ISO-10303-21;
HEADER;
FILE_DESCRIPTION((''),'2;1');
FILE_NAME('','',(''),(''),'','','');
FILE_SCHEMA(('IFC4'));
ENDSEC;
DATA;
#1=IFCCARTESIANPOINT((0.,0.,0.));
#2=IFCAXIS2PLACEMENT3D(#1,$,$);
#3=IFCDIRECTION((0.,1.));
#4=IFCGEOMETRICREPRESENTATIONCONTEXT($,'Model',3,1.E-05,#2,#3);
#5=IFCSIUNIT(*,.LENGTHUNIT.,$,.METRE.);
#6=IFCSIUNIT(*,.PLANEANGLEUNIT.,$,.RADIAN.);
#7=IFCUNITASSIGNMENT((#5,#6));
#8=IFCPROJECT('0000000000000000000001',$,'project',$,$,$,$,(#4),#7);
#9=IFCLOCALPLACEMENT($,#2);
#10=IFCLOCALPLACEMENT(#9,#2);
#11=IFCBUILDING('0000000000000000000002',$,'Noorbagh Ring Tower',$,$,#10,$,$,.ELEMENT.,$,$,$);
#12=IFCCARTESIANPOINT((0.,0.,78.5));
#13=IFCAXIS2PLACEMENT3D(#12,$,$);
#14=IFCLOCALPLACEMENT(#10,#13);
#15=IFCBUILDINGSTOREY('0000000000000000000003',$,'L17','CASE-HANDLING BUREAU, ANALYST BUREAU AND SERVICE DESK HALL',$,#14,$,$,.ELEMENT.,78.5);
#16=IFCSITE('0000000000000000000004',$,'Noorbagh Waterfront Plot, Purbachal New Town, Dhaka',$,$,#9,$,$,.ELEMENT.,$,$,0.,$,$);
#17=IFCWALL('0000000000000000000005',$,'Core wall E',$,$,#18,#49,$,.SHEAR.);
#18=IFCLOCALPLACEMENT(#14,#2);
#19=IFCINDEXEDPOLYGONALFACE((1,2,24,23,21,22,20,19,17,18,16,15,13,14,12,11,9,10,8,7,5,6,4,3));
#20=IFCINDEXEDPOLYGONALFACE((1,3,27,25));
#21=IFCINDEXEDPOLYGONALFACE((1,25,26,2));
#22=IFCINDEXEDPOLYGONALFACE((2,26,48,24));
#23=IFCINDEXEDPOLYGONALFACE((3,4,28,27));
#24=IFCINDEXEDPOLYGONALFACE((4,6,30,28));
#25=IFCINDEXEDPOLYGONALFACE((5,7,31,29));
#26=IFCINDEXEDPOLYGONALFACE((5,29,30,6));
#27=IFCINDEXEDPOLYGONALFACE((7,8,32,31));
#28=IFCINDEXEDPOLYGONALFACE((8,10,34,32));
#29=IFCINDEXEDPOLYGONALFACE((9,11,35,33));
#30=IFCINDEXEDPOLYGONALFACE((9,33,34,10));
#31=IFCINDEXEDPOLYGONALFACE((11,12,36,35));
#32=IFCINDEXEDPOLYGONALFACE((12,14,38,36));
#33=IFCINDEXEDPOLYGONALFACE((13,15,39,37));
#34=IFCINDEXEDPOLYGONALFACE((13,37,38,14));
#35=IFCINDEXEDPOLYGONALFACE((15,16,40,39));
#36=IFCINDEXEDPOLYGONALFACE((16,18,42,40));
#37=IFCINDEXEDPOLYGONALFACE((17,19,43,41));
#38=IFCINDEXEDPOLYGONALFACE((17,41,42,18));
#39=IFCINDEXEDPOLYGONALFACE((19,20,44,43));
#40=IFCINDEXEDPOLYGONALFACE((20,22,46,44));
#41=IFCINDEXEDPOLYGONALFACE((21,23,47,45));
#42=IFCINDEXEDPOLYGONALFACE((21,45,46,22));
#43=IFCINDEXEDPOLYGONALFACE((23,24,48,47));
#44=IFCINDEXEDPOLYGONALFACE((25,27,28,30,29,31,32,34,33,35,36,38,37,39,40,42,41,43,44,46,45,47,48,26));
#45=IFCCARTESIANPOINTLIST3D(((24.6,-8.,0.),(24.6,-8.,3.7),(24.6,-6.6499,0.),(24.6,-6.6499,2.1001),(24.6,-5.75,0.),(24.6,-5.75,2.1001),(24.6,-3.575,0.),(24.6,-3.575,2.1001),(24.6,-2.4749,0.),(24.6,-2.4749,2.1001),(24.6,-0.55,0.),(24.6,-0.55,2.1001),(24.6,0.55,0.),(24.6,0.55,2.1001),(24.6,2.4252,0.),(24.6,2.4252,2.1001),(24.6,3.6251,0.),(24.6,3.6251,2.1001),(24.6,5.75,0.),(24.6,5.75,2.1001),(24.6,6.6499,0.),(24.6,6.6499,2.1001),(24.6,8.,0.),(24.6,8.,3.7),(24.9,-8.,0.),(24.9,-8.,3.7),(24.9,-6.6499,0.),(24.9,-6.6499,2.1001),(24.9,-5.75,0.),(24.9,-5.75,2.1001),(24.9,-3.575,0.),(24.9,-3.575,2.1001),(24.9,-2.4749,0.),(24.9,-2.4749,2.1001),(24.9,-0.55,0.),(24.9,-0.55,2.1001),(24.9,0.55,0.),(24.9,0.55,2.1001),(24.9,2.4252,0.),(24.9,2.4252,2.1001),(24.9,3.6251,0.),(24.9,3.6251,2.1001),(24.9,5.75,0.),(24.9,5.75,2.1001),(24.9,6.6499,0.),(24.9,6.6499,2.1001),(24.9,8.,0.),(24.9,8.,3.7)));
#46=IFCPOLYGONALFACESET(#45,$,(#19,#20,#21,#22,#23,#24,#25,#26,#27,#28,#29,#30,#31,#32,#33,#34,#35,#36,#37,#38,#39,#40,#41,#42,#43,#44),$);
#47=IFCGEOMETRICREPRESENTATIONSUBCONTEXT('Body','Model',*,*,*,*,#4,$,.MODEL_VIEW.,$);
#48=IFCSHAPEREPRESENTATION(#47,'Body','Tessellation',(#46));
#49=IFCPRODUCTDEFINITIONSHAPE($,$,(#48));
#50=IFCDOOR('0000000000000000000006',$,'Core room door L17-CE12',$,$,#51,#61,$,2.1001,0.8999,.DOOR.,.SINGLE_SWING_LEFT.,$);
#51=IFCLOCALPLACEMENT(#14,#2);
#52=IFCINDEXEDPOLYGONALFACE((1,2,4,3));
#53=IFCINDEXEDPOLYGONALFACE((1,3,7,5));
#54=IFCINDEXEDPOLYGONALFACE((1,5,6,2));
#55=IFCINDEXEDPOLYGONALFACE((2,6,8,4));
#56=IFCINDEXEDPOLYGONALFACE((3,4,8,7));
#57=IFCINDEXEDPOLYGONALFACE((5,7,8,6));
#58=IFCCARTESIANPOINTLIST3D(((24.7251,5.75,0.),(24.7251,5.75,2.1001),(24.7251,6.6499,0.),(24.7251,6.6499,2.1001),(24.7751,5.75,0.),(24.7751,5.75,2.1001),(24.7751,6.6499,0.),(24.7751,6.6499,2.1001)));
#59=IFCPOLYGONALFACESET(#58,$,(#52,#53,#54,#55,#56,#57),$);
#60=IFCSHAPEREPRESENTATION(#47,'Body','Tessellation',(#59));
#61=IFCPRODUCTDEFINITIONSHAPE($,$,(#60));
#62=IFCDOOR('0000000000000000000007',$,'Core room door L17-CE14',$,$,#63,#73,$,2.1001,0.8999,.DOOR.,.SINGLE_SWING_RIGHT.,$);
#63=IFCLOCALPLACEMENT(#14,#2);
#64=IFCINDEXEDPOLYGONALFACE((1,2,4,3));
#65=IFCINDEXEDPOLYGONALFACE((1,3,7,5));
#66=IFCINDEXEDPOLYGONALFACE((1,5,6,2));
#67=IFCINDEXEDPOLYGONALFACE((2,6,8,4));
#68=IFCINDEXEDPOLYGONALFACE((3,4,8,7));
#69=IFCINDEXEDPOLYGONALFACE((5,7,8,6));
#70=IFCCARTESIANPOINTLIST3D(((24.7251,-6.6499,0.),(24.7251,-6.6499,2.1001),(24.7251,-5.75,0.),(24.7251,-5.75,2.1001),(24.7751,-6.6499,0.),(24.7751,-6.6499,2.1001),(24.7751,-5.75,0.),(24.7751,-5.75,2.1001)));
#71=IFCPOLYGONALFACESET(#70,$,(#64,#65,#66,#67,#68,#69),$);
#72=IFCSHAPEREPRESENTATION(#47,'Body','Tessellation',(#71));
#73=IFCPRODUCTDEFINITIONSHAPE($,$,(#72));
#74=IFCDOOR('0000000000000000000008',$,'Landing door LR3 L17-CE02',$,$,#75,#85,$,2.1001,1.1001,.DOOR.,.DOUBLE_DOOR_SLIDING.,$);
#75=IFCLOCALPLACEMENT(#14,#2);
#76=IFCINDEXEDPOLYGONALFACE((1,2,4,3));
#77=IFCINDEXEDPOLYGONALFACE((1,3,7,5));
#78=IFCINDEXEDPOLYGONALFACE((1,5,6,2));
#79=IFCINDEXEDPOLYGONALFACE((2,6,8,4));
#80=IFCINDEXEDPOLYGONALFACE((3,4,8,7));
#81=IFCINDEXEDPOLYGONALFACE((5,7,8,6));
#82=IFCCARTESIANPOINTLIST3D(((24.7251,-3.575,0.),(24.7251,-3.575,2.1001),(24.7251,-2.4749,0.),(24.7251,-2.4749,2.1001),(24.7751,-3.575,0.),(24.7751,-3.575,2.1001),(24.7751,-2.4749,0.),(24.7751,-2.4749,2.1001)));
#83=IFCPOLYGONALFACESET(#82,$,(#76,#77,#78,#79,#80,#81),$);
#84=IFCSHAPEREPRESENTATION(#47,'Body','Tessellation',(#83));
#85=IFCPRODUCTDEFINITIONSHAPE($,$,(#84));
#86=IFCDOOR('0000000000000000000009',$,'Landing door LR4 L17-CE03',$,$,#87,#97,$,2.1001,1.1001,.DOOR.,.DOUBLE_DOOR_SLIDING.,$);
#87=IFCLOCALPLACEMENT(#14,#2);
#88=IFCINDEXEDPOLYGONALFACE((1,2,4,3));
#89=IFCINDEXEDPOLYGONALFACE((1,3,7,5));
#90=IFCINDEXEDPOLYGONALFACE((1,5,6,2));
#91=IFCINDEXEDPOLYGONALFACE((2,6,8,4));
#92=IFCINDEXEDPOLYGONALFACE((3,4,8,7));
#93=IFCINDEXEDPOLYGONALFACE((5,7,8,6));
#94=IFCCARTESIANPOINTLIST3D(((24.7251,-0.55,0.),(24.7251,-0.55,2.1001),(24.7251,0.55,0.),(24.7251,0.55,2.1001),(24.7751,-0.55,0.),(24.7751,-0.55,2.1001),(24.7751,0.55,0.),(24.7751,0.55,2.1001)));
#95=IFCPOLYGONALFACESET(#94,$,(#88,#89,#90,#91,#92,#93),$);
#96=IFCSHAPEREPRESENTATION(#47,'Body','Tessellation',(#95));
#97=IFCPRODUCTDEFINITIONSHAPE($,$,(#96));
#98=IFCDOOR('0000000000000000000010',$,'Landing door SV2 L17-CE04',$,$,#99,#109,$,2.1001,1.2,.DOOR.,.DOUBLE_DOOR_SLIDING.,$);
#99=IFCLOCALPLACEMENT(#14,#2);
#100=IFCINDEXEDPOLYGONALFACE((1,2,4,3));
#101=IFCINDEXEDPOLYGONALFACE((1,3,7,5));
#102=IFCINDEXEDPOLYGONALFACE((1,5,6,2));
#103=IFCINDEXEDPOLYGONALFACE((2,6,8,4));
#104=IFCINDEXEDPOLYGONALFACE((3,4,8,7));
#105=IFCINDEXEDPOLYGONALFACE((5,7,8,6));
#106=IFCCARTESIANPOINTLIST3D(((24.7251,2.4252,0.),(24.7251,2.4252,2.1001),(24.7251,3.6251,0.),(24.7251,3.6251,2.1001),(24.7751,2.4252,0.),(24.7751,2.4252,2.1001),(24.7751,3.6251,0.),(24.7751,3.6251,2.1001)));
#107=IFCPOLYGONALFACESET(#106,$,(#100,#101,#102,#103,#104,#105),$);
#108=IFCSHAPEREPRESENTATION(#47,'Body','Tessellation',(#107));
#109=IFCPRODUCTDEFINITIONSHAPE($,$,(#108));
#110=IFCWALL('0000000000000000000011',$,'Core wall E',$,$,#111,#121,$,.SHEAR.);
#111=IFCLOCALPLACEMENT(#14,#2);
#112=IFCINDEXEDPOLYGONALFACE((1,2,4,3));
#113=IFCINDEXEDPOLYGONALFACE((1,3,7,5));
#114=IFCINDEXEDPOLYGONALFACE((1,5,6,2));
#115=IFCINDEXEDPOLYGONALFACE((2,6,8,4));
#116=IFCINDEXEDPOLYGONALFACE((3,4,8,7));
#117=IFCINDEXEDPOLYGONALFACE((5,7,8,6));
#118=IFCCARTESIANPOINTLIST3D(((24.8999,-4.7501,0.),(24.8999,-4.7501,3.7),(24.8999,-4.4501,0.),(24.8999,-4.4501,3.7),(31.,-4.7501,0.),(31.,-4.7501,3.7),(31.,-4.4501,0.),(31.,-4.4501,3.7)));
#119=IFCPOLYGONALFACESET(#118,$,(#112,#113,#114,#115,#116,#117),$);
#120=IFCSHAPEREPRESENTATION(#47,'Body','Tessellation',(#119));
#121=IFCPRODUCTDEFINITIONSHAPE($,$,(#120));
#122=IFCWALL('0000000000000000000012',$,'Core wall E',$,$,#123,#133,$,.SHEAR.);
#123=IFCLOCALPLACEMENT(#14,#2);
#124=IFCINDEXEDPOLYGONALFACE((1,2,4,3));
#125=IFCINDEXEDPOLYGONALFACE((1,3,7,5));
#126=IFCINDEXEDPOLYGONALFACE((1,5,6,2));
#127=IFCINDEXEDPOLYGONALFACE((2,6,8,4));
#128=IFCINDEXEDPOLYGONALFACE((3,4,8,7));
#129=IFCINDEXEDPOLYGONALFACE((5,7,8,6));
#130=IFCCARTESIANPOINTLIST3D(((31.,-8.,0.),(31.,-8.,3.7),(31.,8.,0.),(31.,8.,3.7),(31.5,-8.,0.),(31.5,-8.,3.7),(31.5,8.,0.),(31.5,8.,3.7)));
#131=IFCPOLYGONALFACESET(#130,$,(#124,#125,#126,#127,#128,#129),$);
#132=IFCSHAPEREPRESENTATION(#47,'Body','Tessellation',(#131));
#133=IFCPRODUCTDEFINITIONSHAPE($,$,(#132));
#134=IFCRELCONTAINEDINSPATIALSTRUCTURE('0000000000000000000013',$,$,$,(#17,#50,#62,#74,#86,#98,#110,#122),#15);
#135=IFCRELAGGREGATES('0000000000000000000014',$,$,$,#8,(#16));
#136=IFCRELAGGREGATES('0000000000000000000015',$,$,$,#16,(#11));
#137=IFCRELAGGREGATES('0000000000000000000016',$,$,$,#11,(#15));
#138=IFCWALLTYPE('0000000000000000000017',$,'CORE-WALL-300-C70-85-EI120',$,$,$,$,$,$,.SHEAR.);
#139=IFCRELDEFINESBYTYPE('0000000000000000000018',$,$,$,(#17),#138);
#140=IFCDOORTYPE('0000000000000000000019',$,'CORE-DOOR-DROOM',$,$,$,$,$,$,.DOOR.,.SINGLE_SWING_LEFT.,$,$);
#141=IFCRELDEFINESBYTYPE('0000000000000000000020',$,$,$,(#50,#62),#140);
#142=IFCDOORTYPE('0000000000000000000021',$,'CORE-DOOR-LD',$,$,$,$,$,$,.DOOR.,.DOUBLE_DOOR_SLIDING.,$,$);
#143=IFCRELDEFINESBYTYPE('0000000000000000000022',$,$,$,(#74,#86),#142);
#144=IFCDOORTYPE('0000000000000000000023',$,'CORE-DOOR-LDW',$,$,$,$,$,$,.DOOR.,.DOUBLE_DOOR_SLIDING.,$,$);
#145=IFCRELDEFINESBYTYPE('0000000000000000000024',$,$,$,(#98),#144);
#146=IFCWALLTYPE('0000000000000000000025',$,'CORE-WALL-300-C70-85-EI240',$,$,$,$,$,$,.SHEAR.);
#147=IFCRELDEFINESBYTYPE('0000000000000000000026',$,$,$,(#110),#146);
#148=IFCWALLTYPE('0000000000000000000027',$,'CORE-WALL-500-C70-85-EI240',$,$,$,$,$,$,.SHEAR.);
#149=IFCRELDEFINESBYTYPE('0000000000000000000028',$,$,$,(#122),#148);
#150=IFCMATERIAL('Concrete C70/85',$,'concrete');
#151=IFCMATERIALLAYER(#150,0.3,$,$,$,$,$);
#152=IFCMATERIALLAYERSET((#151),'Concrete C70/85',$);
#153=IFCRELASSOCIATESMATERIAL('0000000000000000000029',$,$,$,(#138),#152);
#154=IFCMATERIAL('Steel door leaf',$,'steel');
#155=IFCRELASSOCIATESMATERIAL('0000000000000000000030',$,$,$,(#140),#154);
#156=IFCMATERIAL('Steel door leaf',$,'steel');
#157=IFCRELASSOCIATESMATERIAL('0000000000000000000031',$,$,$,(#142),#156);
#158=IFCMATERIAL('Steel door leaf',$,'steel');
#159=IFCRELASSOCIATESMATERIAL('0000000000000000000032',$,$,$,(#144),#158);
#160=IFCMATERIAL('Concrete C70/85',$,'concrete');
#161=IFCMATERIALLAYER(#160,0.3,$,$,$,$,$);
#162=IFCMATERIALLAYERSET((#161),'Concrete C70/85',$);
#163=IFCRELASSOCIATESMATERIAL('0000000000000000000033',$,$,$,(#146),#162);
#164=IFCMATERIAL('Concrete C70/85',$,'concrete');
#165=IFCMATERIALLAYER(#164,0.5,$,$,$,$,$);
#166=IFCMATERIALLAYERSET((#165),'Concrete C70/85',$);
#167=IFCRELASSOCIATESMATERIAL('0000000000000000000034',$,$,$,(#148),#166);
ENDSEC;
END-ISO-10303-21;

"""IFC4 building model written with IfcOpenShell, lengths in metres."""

from ifc_helpers import new_model, si_unit, direction, frame, frame_2d, origin, place, context, subcontext, project, spatial, rectangle, extrude, material, layer, layer_set, type_object, element, fill, save


model = new_model("IFC4")

# Units and contexts
model_context = context("Model", 3, precision=1e-05, world=origin(), true_north=direction((0.0, 1.0)))
body_context = subcontext(model_context, "Body", "Model", "MODEL_VIEW")
ifc_project = project(units=[si_unit("LENGTHUNIT", "METRE"), si_unit("PLANEANGLEUNIT", "RADIAN")], contexts=[model_context])

# Site, building, storey
site_placement = place(None, origin())
site = spatial("IfcSite", under=ifc_project, at=site_placement, Name="Noorbagh Waterfront Plot, Purbachal New Town, Dhaka", CompositionType="ELEMENT", RefElevation=0.0)
building_placement = place(site_placement, origin())
building = spatial("IfcBuilding", under=site, at=building_placement, Name="Noorbagh Ring Tower", CompositionType="ELEMENT")
storey_placement = place(building_placement, frame((0.0, 0.0, 78.5)))
storey = spatial("IfcBuildingStorey", under=building, at=storey_placement, Name="L17", Description="CASE-HANDLING BUREAU, ANALYST BUREAU AND SERVICE DESK HALL", CompositionType="ELEMENT", Elevation=78.5)

# Shared definitions
ifc_material_1 = material(Name="Concrete C70/85", Category="concrete")
ifc_layer_1 = layer(ifc_material_1, 0.3)
ifc_layer_set_1 = layer_set([ifc_layer_1], Name="Concrete C70/85")
wall_type_1 = type_object("IfcWallType", Name="CORE-WALL-300-C70-85-EI120", PredefinedType="SHEAR", material=ifc_layer_set_1)

# Wall, openings, doors
wall_1_placement = place(storey_placement, frame((24.75, -8.0, 0.0), z_axis=(0.0, 0.0, 1.0), x_axis=(0.0, 1.0, 0.0)))
wall_1 = element("IfcWall", 1, at=wall_1_placement, inside=storey, type_object=wall_type_1, Name="Core wall E", PredefinedType="SHEAR", context=body_context, shape_type="SweptSolid", body=[
    extrude(rectangle(XDim=16.0, YDim=0.3, at=frame_2d((8.0, 0.0))), origin(), (0.0, 0.0, 1.0), 3.7),
])
opening_1_placement = place(wall_1_placement, frame((4.425, 0.0, 0.0)))
opening_1 = element("IfcOpeningElement", 2, at=opening_1_placement, cuts=wall_1, PredefinedType="OPENING", context=body_context, shape_type="SweptSolid", body=[
    extrude(rectangle(XDim=1.1001, YDim=2.1001, at=frame_2d((0.55, 1.05))), frame((0.0, 0.1602, 0.0), z_axis=(0.0, -1.0, 0.0), x_axis=(1.0, 0.0, 0.0)), (0.0, 0.0, 1.0), 0.3201),
])
opening_2_placement = place(wall_1_placement, frame((7.45, 0.0, 0.0)))
opening_2 = element("IfcOpeningElement", 3, at=opening_2_placement, cuts=wall_1, PredefinedType="OPENING", context=body_context, shape_type="SweptSolid", body=[
    extrude(rectangle(XDim=1.1001, YDim=2.1001, at=frame_2d((0.55, 1.05))), frame((0.0, 0.1602, 0.0), z_axis=(0.0, -1.0, 0.0), x_axis=(1.0, 0.0, 0.0)), (0.0, 0.0, 1.0), 0.3201),
])
opening_3_placement = place(wall_1_placement, frame((10.425, 0.0, 0.0)))
opening_3 = element("IfcOpeningElement", 4, at=opening_3_placement, cuts=wall_1, PredefinedType="OPENING", context=body_context, shape_type="SweptSolid", body=[
    extrude(rectangle(XDim=1.2, YDim=2.1001, at=frame_2d((0.6001, 1.05))), frame((0.0, 0.1602, 0.0), z_axis=(0.0, -1.0, 0.0), x_axis=(1.0, 0.0, 0.0)), (0.0, 0.0, 1.0), 0.3201),
])
opening_4_placement = place(wall_1_placement, frame((13.75, 0.0, 0.0)))
opening_4 = element("IfcOpeningElement", 5, at=opening_4_placement, cuts=wall_1, PredefinedType="OPENING", context=body_context, shape_type="SweptSolid", body=[
    extrude(rectangle(XDim=0.8999, YDim=2.1001, at=frame_2d((0.45, 1.05))), frame((0.0, 0.1602, 0.0), z_axis=(0.0, -1.0, 0.0), x_axis=(1.0, 0.0, 0.0)), (0.0, 0.0, 1.0), 0.3201),
])
opening_5_placement = place(wall_1_placement, frame((1.3501, 0.0, 0.0)))
opening_5 = element("IfcOpeningElement", 6, at=opening_5_placement, cuts=wall_1, PredefinedType="OPENING", context=body_context, shape_type="SweptSolid", body=[
    extrude(rectangle(XDim=0.8999, YDim=2.1001, at=frame_2d((0.45, 1.05))), frame((0.0, 0.1602, 0.0), z_axis=(0.0, -1.0, 0.0), x_axis=(1.0, 0.0, 0.0)), (0.0, 0.0, 1.0), 0.3201),
])
ifc_material_2 = material(Name="Steel door leaf", Category="steel")
door_type_1 = type_object("IfcDoorType", Name="CORE-DOOR-DROOM", OperationType="SINGLE_SWING_LEFT", PredefinedType="DOOR", material=ifc_material_2)
door_1_placement = place(opening_4_placement, origin())
door_1 = element("IfcDoor", 7, at=door_1_placement, inside=storey, type_object=door_type_1, Name="Core room door L17-CE12", OperationType="SINGLE_SWING_LEFT", OverallHeight=2.1001, OverallWidth=0.8999, PredefinedType="DOOR", context=body_context, shape_type="SweptSolid", body=[
    extrude(rectangle(XDim=0.8999, YDim=2.1001, at=frame_2d((0.45, 1.05))), frame((0.0, 0.0249, 0.0), z_axis=(0.0, -1.0, 0.0), x_axis=(1.0, 0.0, 0.0)), (0.0, 0.0, 1.0), 0.05),
])
fill(opening_4, door_1)
door_2_placement = place(opening_5_placement, origin())
door_2 = element("IfcDoor", 8, at=door_2_placement, inside=storey, type_object=door_type_1, Name="Core room door L17-CE14", OperationType="SINGLE_SWING_RIGHT", OverallHeight=2.1001, OverallWidth=0.8999, PredefinedType="DOOR", context=body_context, shape_type="SweptSolid", body=[
    extrude(rectangle(XDim=0.8999, YDim=2.1001, at=frame_2d((0.45, 1.05))), frame((0.0, 0.0249, 0.0), z_axis=(0.0, -1.0, 0.0), x_axis=(1.0, 0.0, 0.0)), (0.0, 0.0, 1.0), 0.05),
])
fill(opening_5, door_2)
ifc_material_3 = material(Name="Steel door leaf", Category="steel")
door_type_2 = type_object("IfcDoorType", Name="CORE-DOOR-LD", OperationType="DOUBLE_DOOR_SLIDING", PredefinedType="DOOR", material=ifc_material_3)
door_3_placement = place(opening_1_placement, origin())
door_3 = element("IfcDoor", 9, at=door_3_placement, inside=storey, type_object=door_type_2, Name="Landing door LR3 L17-CE02", OperationType="DOUBLE_DOOR_SLIDING", OverallHeight=2.1001, OverallWidth=1.1001, PredefinedType="DOOR", context=body_context, shape_type="SweptSolid", body=[
    extrude(rectangle(XDim=1.1001, YDim=2.1001, at=frame_2d((0.55, 1.05))), frame((0.0, 0.0249, 0.0), z_axis=(0.0, -1.0, 0.0), x_axis=(1.0, 0.0, 0.0)), (0.0, 0.0, 1.0), 0.05),
])
fill(opening_1, door_3)
door_4_placement = place(opening_2_placement, origin())
door_4 = element("IfcDoor", 10, at=door_4_placement, inside=storey, type_object=door_type_2, Name="Landing door LR4 L17-CE03", OperationType="DOUBLE_DOOR_SLIDING", OverallHeight=2.1001, OverallWidth=1.1001, PredefinedType="DOOR", context=body_context, shape_type="SweptSolid", body=[
    extrude(rectangle(XDim=1.1001, YDim=2.1001, at=frame_2d((0.55, 1.05))), frame((0.0, 0.0249, 0.0), z_axis=(0.0, -1.0, 0.0), x_axis=(1.0, 0.0, 0.0)), (0.0, 0.0, 1.0), 0.05),
])
fill(opening_2, door_4)
ifc_material_4 = material(Name="Steel door leaf", Category="steel")
door_type_3 = type_object("IfcDoorType", Name="CORE-DOOR-LDW", OperationType="DOUBLE_DOOR_SLIDING", PredefinedType="DOOR", material=ifc_material_4)
door_5_placement = place(opening_3_placement, origin())
door_5 = element("IfcDoor", 11, at=door_5_placement, inside=storey, type_object=door_type_3, Name="Landing door SV2 L17-CE04", OperationType="DOUBLE_DOOR_SLIDING", OverallHeight=2.1001, OverallWidth=1.2, PredefinedType="DOOR", context=body_context, shape_type="SweptSolid", body=[
    extrude(rectangle(XDim=1.2, YDim=2.1001, at=frame_2d((0.6001, 1.05))), frame((0.0, 0.0249, 0.0), z_axis=(0.0, -1.0, 0.0), x_axis=(1.0, 0.0, 0.0)), (0.0, 0.0, 1.0), 0.05),
])
fill(opening_3, door_5)

# Walls
ifc_material_5 = material(Name="Concrete C70/85", Category="concrete")
ifc_layer_2 = layer(ifc_material_5, 0.3)
ifc_layer_set_2 = layer_set([ifc_layer_2], Name="Concrete C70/85")
wall_type_2 = type_object("IfcWallType", Name="CORE-WALL-300-C70-85-EI240", PredefinedType="SHEAR", material=ifc_layer_set_2)
wall_2_placement = place(storey_placement, frame((24.8999, -4.6001, 0.0), z_axis=(0.0, 0.0, 1.0), x_axis=(1.0, 0.0, 0.0)))
element("IfcWall", 12, at=wall_2_placement, inside=storey, type_object=wall_type_2, Name="Core wall E", PredefinedType="SHEAR", context=body_context, shape_type="SweptSolid", body=[
    extrude(rectangle(XDim=6.1001, YDim=0.3, at=frame_2d((3.05, 0.0))), origin(), (0.0, 0.0, 1.0), 3.7),
])
ifc_material_6 = material(Name="Concrete C70/85", Category="concrete")
ifc_layer_3 = layer(ifc_material_6, 0.5)
ifc_layer_set_3 = layer_set([ifc_layer_3], Name="Concrete C70/85")
wall_type_3 = type_object("IfcWallType", Name="CORE-WALL-500-C70-85-EI240", PredefinedType="SHEAR", material=ifc_layer_set_3)
wall_3_placement = place(storey_placement, frame((31.25, -8.0, 0.0), z_axis=(0.0, 0.0, 1.0), x_axis=(0.0, 1.0, 0.0)))
element("IfcWall", 13, at=wall_3_placement, inside=storey, type_object=wall_type_3, Name="Core wall E", PredefinedType="SHEAR", context=body_context, shape_type="SweptSolid", body=[
    extrude(rectangle(XDim=16.0, YDim=0.5, at=frame_2d((8.0, 0.0))), origin(), (0.0, 0.0, 1.0), 3.7),
])

save(model, "model.ifc")
